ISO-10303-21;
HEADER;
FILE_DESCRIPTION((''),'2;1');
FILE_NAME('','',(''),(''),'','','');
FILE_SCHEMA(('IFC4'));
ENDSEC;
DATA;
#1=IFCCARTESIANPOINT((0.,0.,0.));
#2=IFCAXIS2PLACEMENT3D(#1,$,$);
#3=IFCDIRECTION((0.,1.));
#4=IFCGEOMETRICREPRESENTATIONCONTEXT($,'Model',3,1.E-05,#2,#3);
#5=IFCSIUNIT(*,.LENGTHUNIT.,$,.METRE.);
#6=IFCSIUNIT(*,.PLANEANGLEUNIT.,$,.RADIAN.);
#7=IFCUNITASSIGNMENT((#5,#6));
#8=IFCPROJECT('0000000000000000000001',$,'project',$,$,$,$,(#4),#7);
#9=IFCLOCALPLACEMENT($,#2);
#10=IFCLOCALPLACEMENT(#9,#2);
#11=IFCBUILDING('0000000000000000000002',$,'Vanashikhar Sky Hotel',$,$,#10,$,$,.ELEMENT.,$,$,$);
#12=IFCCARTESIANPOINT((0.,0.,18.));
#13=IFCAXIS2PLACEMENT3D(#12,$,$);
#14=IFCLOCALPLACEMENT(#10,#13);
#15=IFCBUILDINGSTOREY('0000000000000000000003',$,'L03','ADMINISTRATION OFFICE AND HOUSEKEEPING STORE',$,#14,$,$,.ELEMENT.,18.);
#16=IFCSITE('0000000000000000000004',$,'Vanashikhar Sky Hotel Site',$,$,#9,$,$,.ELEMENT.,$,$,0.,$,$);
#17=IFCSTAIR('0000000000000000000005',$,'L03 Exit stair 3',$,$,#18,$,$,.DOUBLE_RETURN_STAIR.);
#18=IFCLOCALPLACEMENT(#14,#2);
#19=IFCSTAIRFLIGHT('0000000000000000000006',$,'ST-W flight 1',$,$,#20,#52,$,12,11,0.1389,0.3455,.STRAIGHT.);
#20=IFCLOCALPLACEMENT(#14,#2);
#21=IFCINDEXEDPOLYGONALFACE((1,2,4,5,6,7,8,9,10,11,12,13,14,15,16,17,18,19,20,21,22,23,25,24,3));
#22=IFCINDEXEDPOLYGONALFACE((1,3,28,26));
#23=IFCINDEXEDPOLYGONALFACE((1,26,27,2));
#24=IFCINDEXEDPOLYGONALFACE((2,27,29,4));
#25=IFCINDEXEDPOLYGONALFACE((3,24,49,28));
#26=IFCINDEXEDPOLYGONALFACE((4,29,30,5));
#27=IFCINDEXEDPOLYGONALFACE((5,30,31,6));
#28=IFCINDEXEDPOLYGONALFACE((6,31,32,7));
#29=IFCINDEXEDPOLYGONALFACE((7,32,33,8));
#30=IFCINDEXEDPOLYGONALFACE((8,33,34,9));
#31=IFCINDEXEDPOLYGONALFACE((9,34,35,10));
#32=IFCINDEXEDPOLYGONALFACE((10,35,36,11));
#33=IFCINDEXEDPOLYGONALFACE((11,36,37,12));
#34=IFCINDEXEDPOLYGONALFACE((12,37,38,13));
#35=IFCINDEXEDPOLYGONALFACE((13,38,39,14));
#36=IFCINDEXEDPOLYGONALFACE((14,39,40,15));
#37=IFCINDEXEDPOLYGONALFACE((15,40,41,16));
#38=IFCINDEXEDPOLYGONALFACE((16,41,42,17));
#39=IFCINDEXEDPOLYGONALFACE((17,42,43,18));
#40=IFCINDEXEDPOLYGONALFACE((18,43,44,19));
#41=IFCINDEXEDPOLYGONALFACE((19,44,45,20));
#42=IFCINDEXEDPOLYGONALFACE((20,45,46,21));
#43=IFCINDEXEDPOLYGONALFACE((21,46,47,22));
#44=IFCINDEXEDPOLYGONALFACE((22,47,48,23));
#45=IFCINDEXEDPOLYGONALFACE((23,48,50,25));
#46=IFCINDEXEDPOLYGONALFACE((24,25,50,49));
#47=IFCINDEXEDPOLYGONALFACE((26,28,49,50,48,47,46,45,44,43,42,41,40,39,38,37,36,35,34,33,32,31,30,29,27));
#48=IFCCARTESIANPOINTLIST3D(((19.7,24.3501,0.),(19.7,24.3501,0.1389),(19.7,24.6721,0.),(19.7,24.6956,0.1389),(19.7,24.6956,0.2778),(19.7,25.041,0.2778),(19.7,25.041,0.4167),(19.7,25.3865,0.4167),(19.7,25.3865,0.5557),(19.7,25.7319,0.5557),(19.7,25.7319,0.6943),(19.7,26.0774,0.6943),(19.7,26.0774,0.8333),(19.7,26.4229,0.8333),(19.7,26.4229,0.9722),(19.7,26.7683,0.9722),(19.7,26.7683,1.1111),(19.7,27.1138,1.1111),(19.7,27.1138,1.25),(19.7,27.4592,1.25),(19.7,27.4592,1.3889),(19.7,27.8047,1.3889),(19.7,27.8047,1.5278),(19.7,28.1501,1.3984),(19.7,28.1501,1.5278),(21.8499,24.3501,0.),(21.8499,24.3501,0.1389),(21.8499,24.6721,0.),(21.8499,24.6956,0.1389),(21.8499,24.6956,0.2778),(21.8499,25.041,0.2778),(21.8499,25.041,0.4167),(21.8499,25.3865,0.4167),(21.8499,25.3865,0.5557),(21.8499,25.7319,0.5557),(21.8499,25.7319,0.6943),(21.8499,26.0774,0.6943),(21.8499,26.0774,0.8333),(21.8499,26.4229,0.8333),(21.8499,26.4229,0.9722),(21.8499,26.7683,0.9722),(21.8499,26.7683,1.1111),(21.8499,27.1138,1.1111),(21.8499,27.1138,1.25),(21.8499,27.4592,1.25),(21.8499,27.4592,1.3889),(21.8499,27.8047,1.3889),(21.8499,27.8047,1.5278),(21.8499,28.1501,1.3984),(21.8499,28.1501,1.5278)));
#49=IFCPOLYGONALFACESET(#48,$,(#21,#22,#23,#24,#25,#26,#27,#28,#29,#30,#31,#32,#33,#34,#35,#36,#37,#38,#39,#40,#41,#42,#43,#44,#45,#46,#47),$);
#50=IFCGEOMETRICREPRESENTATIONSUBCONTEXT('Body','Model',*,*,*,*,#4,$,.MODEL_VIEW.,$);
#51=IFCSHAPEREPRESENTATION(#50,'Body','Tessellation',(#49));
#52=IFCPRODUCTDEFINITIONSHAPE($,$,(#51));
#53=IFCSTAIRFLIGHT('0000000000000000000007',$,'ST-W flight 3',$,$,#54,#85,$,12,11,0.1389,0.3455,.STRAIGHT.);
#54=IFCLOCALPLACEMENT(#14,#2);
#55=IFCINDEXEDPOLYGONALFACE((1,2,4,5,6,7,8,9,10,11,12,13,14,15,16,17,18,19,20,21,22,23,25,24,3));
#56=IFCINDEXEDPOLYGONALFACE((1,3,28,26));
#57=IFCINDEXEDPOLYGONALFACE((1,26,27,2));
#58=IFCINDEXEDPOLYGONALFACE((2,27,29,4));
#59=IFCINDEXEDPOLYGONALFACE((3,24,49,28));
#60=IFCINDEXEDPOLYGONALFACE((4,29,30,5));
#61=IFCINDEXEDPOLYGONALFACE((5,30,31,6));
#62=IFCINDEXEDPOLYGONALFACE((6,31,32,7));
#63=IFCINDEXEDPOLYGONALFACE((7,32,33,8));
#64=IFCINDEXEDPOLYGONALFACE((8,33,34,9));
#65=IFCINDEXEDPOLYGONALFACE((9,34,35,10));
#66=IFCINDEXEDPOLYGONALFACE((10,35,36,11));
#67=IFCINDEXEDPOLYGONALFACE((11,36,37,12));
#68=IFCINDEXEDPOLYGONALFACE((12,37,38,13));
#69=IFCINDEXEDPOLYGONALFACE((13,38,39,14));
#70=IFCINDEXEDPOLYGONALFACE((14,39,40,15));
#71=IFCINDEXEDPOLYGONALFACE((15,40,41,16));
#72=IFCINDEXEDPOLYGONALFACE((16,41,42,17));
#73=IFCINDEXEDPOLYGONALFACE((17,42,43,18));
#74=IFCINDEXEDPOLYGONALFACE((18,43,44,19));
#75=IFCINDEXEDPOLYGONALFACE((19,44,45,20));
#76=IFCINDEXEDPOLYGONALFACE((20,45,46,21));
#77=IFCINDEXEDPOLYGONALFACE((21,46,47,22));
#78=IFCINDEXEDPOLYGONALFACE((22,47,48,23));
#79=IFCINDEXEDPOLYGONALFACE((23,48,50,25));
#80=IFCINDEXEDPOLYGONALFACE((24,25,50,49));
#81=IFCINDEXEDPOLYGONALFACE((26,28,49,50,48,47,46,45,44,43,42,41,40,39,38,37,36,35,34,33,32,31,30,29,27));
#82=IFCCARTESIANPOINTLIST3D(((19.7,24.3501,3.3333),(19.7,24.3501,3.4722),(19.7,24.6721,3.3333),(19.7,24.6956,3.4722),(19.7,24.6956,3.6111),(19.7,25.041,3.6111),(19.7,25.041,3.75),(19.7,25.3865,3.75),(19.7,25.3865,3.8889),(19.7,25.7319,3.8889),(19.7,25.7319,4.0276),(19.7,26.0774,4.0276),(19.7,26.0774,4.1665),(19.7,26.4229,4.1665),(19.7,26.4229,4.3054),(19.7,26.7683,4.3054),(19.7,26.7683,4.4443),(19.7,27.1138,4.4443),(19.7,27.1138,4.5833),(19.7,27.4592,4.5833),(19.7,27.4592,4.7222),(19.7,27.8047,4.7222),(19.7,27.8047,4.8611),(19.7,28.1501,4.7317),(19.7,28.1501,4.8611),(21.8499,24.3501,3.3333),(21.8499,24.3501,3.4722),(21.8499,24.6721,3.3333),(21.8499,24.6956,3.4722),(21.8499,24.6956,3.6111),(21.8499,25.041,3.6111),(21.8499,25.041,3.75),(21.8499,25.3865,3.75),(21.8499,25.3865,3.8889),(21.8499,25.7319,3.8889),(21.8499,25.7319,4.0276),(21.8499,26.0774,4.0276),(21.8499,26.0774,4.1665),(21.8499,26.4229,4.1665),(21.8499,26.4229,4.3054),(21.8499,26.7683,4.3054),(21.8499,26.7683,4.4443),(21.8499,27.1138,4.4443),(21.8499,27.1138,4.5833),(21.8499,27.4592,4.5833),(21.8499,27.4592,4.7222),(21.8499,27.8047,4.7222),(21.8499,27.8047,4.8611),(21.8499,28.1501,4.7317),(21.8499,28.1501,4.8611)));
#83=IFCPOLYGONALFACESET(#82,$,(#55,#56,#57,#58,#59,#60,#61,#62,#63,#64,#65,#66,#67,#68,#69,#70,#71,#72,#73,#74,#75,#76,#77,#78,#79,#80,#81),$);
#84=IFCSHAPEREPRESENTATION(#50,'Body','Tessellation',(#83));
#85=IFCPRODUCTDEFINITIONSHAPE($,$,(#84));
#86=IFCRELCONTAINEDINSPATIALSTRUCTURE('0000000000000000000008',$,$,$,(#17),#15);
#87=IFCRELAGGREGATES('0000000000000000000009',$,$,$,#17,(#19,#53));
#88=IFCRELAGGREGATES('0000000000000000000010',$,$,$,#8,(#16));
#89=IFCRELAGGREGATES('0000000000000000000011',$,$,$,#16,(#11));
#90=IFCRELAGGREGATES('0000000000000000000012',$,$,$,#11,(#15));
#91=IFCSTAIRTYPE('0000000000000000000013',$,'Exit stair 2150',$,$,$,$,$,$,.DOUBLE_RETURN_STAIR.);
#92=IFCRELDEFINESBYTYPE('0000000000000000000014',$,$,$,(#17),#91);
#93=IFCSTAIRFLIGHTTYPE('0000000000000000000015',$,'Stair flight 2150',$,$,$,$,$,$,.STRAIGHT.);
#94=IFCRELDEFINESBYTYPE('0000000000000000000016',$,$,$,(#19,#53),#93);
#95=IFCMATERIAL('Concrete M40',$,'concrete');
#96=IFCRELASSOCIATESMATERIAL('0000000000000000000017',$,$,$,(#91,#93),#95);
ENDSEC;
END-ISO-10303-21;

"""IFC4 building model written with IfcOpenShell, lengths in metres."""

from ifc_helpers import new_model, si_unit, direction, frame, origin, place, context, subcontext, project, spatial, polyline, outline, extrude, source, transform, mapped, material, type_object, element, aggregate, save


model = new_model("IFC4")

# Units and contexts
model_context = context("Model", 3, precision=1e-05, world=origin(), true_north=direction((0.0, 1.0)))
body_context = subcontext(model_context, "Body", "Model", "MODEL_VIEW")
ifc_project = project(units=[si_unit("LENGTHUNIT", "METRE"), si_unit("PLANEANGLEUNIT", "RADIAN")], contexts=[model_context])

# Site, building, storey
site_placement = place(None, origin())
site = spatial("IfcSite", under=ifc_project, at=site_placement, Name="Vanashikhar Sky Hotel Site", CompositionType="ELEMENT", RefElevation=0.0)
building_placement = place(site_placement, origin())
building = spatial("IfcBuilding", under=site, at=building_placement, Name="Vanashikhar Sky Hotel", CompositionType="ELEMENT")
storey_placement = place(building_placement, frame((0.0, 0.0, 18.0)))
storey = spatial("IfcBuildingStorey", under=building, at=storey_placement, Name="L03", Description="ADMINISTRATION OFFICE AND HOUSEKEEPING STORE", CompositionType="ELEMENT", Elevation=18.0)

# Shared definitions
ifc_material_1 = material(Name="Concrete M40", Category="concrete")

# Shared definitions
stair_type = type_object("IfcStairType", Name="Exit stair 2150", PredefinedType="DOUBLE_RETURN_STAIR", material=ifc_material_1)
stair_flight_type = type_object("IfcStairFlightType", Name="Stair flight 2150", PredefinedType="STRAIGHT", material=ifc_material_1)
shared_shape_1 = source(origin(), body_context, "Body", "SweptSolid", [
    extrude(outline(polyline([(0.0, 0.0), (0.0, 0.1389), (0.3455, 0.1389), (0.3455, 0.2778), (0.6909, 0.2778), (0.6909, 0.4167), (1.0364, 0.4167), (1.0364, 0.5557), (1.3818, 0.5557), (1.3818, 0.6943), (1.7273, 0.6943), (1.7273, 0.8333), (2.0728, 0.8333), (2.0728, 0.9722), (2.4182, 0.9722), (2.4182, 1.1111), (2.7637, 1.1111), (2.7637, 1.25), (3.1091, 1.25), (3.1091, 1.3889), (3.4546, 1.3889), (3.4546, 1.5278), (3.8, 1.5278), (3.8, 1.6667), (3.8, 1.3984), (0.322, 0.0), (0.0, 0.0)])), frame((0.0, 1.075, 0.0), z_axis=(0.0, -1.0, 0.0), x_axis=(1.0, 0.0, 0.0)), (0.0, 0.0, 1.0), 2.1499),
])

# Stair, stair flights
stair_1_placement = place(storey_placement, origin())
stair_1 = element("IfcStair", 1, at=stair_1_placement, inside=storey, type_object=stair_type, Name="L03 Exit stair 3", PredefinedType="DOUBLE_RETURN_STAIR")
stair_flight_1_placement = place(storey_placement, frame((20.7749, 24.3501, 0.0), z_axis=(0.0, 0.0, 1.0), x_axis=(0.0, 1.0, 0.0)))
stair_flight_1 = element("IfcStairFlight", 2, at=stair_flight_1_placement, type_object=stair_flight_type, Name="ST-W flight 1", NumberOfRisers=12, NumberOfTreads=11, PredefinedType="STRAIGHT", RiserHeight=0.1389, TreadLength=0.3455, context=body_context, shape_type="MappedRepresentation", body=[
    mapped(shared_shape_1, transform((0.0, 0.0, 0.0), scale=1.0)),
])
stair_flight_2_placement = place(storey_placement, frame((20.7749, 24.3501, 3.3333), z_axis=(0.0, 0.0, 1.0), x_axis=(0.0, 1.0, 0.0)))
stair_flight_2 = element("IfcStairFlight", 3, at=stair_flight_2_placement, type_object=stair_flight_type, Name="ST-W flight 3", NumberOfRisers=12, NumberOfTreads=11, PredefinedType="STRAIGHT", RiserHeight=0.1389, TreadLength=0.3455, context=body_context, shape_type="MappedRepresentation", body=[
    mapped(shared_shape_1, transform((0.0, 0.0, 0.0), scale=1.0)),
])
aggregate(stair_1, [stair_flight_1, stair_flight_2])

save(model, "model.ifc")
